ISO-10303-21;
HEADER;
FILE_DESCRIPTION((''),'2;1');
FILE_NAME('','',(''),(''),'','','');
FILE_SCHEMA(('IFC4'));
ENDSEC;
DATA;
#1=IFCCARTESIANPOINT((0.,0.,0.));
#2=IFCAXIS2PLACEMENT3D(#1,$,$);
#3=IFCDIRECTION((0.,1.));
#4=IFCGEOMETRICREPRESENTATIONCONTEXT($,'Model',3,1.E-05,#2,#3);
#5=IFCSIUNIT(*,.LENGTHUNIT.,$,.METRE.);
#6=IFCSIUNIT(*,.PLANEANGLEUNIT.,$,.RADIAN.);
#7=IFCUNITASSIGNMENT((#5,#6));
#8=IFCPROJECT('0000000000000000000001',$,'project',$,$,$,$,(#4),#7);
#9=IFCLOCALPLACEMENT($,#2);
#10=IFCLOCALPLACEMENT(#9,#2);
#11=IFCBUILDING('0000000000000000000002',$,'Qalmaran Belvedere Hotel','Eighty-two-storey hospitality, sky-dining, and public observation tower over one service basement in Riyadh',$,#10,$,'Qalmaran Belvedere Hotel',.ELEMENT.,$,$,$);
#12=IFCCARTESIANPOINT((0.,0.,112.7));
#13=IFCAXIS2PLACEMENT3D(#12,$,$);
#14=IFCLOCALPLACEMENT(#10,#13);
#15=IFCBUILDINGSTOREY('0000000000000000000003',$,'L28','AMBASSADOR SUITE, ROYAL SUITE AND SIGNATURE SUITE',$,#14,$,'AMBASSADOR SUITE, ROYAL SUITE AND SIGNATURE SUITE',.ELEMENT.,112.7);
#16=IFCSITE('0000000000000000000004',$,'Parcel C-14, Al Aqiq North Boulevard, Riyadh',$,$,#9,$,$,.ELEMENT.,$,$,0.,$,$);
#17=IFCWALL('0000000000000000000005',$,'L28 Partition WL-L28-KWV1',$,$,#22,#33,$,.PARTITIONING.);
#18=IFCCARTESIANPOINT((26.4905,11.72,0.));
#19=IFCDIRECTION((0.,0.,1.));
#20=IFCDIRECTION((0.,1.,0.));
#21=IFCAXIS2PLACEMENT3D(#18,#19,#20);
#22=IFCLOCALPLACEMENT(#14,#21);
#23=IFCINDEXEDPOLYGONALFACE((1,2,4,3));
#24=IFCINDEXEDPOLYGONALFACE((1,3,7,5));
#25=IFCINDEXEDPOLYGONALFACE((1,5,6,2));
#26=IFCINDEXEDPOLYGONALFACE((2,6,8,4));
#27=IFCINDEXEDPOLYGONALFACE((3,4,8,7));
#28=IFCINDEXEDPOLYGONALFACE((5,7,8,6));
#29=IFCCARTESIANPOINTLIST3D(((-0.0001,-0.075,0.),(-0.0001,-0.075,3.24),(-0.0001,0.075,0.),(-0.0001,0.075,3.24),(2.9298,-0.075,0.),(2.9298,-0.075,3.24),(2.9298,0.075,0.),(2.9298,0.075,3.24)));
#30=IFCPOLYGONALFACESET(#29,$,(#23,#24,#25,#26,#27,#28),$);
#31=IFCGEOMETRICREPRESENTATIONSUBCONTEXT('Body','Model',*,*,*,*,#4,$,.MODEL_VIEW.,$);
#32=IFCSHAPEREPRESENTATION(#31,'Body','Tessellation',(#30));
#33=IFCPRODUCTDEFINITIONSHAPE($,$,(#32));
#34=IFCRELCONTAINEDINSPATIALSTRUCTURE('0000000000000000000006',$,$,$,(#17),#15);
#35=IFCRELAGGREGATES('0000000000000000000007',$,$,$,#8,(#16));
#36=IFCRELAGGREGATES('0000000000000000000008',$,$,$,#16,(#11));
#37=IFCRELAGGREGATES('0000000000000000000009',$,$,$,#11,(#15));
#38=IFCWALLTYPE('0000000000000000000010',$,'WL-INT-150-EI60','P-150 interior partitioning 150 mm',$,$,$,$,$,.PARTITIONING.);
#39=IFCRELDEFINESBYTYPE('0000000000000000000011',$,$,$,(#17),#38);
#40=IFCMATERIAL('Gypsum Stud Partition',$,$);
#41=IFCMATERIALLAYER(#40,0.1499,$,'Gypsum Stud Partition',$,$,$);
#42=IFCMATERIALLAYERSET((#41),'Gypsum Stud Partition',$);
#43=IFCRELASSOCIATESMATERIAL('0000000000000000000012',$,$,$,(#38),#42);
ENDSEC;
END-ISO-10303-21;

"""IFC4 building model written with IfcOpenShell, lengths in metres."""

from ifc_helpers import new_model, si_unit, direction, frame, frame_2d, origin, place, context, subcontext, project, spatial, rectangle, extrude, material, layer, layer_set, type_object, element, save


model = new_model("IFC4")

# Units and contexts
model_context = context("Model", 3, precision=1e-05, world=origin(), true_north=direction((0.0, 1.0)))
body_context = subcontext(model_context, "Body", "Model", "MODEL_VIEW")
ifc_project = project(units=[si_unit("LENGTHUNIT", "METRE"), si_unit("PLANEANGLEUNIT", "RADIAN")], contexts=[model_context])

# Site, building, storey
site_placement = place(None, origin())
site = spatial("IfcSite", under=ifc_project, at=site_placement, Name="Parcel C-14, Al Aqiq North Boulevard, Riyadh", CompositionType="ELEMENT", RefElevation=0.0)
building_placement = place(site_placement, origin())
building = spatial("IfcBuilding", under=site, at=building_placement, Name="Qalmaran Belvedere Hotel", Description="Eighty-two-storey hospitality, sky-dining, and public observation tower over one service basement in Riyadh", LongName="Qalmaran Belvedere Hotel", CompositionType="ELEMENT")
storey_placement = place(building_placement, frame((0.0, 0.0, 112.7)))
storey = spatial("IfcBuildingStorey", under=building, at=storey_placement, Name="L28", Description="AMBASSADOR SUITE, ROYAL SUITE AND SIGNATURE SUITE", LongName="AMBASSADOR SUITE, ROYAL SUITE AND SIGNATURE SUITE", CompositionType="ELEMENT", Elevation=112.7)

# Wall
ifc_material_1 = material(Name="Gypsum Stud Partition")
ifc_layer_1 = layer(ifc_material_1, 0.1499, Name="Gypsum Stud Partition")
ifc_layer_set_1 = layer_set([ifc_layer_1], Name="Gypsum Stud Partition")
wall_type_1 = type_object("IfcWallType", Name="WL-INT-150-EI60", Description="P-150 interior partitioning 150 mm", PredefinedType="PARTITIONING", material=ifc_layer_set_1)
wall_1_placement = place(storey_placement, frame((26.4905, 11.72, 0.0), z_axis=(0.0, 0.0, 1.0), x_axis=(0.0, 1.0, 0.0)))
element("IfcWall", 1, at=wall_1_placement, inside=storey, type_object=wall_type_1, Name="L28 Partition WL-L28-KWV1", PredefinedType="PARTITIONING", context=body_context, shape_type="SweptSolid", body=[
    extrude(rectangle(XDim=2.9299, YDim=0.1499, at=frame_2d((1.4648, 0.0))), origin(), (0.0, 0.0, 1.0), 3.24),
])

save(model, "model.ifc")
